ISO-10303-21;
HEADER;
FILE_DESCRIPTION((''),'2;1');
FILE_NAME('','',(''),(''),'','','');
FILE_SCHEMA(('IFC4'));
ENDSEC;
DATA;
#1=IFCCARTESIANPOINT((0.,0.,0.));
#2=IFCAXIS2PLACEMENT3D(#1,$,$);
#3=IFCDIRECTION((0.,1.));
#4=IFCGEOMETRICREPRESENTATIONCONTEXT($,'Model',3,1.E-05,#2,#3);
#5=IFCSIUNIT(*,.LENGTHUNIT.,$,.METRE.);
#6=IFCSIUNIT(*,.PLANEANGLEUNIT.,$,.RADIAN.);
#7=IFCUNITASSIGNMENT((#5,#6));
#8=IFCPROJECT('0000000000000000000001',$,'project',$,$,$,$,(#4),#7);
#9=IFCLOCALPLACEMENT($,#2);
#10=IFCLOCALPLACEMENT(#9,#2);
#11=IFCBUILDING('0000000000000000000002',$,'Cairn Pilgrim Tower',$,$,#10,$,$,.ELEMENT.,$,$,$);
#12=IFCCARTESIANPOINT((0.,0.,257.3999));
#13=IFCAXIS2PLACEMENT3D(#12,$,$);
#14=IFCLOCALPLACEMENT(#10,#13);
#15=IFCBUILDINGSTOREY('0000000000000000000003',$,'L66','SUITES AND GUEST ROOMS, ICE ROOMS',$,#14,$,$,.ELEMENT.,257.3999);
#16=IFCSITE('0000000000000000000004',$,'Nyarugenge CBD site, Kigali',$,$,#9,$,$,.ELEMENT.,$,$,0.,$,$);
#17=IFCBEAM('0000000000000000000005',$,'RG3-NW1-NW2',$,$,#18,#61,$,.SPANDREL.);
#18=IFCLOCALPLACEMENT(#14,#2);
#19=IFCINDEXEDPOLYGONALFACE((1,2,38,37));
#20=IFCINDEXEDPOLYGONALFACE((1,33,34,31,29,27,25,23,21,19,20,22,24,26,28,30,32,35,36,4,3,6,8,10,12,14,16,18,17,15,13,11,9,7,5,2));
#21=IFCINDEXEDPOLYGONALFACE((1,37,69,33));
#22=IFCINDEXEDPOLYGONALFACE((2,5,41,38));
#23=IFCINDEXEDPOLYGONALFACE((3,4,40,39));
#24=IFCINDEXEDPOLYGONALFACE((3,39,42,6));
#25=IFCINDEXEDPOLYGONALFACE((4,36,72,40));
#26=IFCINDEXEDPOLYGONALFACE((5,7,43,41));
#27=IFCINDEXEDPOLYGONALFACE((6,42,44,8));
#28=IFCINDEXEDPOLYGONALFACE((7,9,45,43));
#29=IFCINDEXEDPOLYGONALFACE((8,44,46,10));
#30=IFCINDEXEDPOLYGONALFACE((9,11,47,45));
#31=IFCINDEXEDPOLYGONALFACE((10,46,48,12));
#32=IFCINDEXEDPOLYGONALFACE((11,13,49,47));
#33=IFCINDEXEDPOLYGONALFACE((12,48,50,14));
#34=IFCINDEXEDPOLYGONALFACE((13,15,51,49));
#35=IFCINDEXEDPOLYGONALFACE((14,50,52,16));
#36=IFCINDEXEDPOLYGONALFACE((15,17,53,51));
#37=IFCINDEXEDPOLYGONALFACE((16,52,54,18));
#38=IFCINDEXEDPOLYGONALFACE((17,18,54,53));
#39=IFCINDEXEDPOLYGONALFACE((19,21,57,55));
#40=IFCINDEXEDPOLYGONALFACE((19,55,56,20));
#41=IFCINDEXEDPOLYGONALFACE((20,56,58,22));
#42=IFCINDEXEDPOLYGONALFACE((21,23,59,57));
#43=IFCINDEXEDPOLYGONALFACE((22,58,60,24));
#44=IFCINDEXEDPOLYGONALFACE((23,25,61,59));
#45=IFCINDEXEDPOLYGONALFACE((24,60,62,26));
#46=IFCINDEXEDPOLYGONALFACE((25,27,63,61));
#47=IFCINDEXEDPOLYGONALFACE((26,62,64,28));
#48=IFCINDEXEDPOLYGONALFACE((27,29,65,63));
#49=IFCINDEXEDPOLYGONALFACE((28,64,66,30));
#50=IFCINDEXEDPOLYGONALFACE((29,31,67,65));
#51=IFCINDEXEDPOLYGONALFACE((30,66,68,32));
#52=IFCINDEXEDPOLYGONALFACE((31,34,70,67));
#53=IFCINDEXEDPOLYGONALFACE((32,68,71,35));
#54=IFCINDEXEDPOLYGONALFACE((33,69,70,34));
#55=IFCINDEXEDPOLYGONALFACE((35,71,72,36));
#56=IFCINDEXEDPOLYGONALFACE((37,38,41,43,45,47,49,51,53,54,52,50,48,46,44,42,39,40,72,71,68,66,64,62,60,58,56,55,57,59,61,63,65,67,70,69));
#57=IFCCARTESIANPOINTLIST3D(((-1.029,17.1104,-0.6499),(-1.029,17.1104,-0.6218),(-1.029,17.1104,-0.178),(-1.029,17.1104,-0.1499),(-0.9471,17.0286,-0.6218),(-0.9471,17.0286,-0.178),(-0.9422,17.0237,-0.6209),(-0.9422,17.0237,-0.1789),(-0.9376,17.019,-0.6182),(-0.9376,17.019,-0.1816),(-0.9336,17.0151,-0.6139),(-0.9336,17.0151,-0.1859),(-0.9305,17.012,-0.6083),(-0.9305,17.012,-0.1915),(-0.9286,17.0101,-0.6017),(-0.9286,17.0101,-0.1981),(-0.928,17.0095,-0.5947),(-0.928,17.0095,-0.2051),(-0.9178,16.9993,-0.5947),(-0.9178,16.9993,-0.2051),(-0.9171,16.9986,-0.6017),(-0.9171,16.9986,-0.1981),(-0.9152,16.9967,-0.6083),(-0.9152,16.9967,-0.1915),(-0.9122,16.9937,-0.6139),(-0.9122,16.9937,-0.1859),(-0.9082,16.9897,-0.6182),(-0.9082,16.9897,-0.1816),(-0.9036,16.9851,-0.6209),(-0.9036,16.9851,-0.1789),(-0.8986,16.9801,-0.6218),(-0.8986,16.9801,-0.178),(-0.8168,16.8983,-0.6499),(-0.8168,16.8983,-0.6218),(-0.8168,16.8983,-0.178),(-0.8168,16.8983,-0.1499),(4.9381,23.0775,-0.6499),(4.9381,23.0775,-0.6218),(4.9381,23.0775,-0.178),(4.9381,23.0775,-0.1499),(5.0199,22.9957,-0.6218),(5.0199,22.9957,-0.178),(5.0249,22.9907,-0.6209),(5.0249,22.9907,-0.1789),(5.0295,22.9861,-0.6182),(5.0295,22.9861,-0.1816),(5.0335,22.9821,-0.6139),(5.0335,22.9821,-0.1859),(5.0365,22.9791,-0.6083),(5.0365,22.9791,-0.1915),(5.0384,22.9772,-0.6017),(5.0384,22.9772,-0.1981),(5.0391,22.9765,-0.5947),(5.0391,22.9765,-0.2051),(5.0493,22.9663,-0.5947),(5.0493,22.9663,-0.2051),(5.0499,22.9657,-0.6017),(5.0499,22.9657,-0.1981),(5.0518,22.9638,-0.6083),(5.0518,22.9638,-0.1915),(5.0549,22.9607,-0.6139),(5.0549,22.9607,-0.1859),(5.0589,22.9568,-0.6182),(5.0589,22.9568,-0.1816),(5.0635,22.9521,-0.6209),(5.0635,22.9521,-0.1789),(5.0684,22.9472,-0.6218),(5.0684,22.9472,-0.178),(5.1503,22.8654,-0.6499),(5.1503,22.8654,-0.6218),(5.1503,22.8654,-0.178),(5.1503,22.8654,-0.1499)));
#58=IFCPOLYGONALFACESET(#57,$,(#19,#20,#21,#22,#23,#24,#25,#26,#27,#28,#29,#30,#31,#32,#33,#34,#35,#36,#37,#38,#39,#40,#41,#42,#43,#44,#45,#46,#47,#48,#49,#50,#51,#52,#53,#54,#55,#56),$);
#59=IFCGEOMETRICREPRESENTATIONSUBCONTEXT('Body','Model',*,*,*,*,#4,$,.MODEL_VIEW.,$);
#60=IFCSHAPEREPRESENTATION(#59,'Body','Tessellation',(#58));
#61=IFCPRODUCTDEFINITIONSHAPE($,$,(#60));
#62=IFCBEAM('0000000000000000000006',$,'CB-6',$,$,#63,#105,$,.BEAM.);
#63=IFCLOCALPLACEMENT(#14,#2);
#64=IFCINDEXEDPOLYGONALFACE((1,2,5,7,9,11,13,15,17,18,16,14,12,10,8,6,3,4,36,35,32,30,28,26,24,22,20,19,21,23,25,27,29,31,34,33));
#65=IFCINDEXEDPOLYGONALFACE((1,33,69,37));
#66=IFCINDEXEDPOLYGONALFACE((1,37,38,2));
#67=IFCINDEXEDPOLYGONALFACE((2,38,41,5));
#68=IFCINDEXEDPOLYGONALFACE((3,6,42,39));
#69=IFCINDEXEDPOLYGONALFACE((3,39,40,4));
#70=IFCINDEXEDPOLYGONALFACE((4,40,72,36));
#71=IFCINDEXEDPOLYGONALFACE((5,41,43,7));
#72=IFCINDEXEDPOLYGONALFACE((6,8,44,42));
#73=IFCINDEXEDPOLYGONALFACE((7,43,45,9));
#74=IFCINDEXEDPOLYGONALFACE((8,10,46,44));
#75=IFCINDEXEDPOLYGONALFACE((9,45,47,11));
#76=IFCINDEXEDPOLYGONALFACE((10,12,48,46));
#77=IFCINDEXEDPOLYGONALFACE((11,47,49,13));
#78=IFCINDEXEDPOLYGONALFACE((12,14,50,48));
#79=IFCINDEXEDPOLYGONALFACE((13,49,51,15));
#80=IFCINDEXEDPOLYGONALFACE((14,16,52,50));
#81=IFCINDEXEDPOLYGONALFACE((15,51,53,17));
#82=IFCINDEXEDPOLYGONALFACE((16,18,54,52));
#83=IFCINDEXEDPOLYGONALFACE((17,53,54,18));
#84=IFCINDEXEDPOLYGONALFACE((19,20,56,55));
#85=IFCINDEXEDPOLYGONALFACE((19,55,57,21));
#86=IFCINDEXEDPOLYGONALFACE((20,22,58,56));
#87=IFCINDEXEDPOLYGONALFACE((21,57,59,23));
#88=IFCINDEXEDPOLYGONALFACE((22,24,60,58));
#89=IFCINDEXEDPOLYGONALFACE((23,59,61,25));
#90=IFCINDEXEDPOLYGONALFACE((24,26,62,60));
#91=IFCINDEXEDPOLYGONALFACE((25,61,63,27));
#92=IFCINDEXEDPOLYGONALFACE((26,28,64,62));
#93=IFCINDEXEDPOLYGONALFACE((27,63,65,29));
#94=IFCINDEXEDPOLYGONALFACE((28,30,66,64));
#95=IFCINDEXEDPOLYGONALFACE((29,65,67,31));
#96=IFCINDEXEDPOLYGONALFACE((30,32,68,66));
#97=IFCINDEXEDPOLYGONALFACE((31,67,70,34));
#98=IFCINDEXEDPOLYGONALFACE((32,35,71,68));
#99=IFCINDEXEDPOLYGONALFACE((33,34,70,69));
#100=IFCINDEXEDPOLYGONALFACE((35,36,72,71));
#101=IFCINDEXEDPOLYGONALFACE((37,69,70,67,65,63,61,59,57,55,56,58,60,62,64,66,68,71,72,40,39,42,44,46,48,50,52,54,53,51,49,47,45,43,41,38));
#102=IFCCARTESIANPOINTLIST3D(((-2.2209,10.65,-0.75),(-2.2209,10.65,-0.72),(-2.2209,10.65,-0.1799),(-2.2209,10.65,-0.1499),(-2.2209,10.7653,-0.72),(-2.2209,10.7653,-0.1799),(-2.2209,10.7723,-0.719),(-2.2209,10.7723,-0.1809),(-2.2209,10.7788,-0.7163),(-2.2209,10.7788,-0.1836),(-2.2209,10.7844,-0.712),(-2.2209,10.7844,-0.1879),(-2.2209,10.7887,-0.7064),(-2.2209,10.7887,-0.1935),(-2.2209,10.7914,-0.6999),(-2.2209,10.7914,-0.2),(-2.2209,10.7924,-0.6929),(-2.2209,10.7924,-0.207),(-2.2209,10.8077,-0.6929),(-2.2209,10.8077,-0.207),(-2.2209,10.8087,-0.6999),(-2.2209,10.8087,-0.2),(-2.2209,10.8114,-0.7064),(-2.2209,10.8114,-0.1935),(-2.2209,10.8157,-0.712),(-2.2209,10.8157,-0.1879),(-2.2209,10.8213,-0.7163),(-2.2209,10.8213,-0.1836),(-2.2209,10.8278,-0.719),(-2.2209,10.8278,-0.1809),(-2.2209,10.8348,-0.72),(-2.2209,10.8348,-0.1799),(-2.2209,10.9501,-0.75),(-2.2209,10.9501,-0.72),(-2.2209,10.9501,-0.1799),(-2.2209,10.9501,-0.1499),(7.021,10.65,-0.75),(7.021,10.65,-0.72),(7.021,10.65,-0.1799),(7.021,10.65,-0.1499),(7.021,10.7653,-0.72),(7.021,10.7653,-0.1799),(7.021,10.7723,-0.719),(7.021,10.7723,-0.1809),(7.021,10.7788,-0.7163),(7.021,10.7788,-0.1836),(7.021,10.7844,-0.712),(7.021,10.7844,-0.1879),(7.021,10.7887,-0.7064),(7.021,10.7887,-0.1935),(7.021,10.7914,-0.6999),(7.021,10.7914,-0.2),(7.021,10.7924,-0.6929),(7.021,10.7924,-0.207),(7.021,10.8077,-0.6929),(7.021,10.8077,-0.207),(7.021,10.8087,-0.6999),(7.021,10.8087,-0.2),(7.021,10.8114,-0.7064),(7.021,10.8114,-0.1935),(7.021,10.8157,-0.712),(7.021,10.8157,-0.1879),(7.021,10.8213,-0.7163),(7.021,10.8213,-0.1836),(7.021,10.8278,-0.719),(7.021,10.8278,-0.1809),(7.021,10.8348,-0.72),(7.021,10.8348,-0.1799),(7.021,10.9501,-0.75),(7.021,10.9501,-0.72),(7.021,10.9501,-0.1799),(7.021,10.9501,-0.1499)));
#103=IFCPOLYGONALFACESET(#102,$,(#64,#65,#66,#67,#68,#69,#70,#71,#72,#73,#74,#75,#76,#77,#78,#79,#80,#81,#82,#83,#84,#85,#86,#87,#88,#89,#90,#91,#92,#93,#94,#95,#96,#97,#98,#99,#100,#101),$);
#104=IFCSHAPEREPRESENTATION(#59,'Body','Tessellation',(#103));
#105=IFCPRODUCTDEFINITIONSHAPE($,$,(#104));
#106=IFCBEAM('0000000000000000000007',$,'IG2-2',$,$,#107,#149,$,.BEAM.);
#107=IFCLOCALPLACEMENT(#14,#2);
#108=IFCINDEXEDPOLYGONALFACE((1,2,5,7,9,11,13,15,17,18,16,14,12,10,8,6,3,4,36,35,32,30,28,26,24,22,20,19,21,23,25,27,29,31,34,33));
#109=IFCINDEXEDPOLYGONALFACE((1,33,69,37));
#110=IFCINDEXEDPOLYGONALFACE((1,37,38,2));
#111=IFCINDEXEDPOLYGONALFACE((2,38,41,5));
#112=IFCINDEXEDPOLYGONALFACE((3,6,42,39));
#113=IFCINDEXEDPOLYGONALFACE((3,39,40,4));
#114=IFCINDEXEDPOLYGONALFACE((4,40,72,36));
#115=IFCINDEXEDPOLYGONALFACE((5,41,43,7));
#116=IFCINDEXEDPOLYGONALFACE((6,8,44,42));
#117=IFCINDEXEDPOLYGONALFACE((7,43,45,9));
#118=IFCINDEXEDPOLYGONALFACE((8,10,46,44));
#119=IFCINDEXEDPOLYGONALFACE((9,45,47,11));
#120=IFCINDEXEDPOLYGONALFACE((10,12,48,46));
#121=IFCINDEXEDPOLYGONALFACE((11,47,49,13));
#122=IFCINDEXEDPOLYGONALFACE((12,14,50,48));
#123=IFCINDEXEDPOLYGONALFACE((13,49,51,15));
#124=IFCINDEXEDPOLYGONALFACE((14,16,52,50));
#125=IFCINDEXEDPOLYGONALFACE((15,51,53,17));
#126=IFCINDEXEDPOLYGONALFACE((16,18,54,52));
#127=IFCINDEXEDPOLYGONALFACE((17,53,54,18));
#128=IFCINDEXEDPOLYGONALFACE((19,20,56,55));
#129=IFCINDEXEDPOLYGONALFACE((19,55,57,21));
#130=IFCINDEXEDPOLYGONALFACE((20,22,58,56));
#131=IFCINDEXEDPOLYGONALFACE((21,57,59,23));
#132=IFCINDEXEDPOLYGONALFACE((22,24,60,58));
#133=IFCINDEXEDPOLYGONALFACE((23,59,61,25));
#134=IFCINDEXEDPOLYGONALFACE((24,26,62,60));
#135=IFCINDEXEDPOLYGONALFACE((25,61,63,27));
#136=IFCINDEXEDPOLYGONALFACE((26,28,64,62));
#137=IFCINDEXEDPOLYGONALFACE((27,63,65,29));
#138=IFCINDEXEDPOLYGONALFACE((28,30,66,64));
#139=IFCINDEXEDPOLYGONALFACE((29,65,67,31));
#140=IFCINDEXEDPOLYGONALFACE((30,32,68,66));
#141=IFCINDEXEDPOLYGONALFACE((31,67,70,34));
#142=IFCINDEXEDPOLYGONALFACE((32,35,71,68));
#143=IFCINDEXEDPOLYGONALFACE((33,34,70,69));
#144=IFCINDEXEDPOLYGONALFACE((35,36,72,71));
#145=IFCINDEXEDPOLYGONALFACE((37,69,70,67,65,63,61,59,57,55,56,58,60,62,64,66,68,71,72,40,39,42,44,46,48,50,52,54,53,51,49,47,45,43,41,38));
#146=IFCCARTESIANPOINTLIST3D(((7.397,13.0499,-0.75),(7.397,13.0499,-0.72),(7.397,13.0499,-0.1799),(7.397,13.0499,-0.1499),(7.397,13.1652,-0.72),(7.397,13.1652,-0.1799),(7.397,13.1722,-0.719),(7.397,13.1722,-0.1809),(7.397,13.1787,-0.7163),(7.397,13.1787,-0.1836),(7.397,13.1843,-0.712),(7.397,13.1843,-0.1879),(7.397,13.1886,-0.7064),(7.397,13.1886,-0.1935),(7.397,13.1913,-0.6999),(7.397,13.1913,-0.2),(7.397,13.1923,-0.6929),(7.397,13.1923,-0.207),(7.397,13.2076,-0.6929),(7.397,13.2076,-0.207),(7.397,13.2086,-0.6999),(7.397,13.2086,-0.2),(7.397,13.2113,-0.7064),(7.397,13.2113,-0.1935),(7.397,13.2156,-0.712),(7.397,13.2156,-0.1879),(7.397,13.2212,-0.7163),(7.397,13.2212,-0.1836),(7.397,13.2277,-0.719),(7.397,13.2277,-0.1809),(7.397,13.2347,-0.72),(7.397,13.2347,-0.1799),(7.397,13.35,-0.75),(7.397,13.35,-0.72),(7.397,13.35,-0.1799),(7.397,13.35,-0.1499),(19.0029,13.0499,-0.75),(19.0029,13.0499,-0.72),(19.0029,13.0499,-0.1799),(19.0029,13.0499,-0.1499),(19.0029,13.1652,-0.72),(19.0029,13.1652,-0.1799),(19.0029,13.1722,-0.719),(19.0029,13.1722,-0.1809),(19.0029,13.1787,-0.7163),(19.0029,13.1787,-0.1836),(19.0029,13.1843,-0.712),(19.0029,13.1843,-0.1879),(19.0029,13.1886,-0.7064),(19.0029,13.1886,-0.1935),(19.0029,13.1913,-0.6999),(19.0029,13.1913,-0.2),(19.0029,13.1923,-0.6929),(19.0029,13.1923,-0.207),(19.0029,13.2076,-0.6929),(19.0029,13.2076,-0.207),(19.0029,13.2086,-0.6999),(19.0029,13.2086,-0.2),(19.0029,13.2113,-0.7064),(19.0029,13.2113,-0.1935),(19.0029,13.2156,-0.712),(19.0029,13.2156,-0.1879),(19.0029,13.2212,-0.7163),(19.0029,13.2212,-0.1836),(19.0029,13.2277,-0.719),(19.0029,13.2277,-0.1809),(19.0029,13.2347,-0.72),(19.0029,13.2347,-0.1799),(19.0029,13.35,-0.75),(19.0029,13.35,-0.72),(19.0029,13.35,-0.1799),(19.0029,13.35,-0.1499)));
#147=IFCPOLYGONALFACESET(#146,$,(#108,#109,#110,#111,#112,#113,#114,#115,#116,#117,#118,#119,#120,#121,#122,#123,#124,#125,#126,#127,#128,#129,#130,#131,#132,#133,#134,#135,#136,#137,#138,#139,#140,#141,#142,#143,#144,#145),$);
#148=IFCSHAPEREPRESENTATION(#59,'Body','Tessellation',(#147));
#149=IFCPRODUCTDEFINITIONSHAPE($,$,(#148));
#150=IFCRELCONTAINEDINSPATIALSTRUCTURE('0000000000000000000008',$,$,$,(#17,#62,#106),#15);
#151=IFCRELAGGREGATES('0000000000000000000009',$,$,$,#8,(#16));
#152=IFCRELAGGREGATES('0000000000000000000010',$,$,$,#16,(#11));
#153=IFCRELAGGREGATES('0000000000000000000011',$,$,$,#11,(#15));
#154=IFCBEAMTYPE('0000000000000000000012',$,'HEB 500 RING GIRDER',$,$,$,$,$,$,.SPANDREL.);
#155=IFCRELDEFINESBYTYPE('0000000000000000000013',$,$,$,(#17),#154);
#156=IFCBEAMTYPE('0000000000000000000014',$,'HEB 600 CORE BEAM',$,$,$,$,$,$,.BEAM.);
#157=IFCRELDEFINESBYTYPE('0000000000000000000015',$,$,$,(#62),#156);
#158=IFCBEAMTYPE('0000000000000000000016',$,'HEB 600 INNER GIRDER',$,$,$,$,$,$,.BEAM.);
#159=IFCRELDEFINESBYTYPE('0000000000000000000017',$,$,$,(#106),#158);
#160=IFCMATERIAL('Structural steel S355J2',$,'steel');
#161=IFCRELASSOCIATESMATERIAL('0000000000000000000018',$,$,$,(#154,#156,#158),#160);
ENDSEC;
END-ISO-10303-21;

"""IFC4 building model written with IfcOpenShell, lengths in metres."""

from ifc_helpers import new_model, si_unit, direction, frame, origin, origin_2d, place, context, subcontext, project, spatial, i_section, extrude, material, material_profile, profile_set, type_object, element, save


model = new_model("IFC4")

# Units and contexts
model_context = context("Model", 3, precision=1e-05, world=origin(), true_north=direction((0.0, 1.0)))
body_context = subcontext(model_context, "Body", "Model", "MODEL_VIEW")
ifc_project = project(units=[si_unit("LENGTHUNIT", "METRE"), si_unit("PLANEANGLEUNIT", "RADIAN")], contexts=[model_context])

# Site, building, storey
site_placement = place(None, origin())
site = spatial("IfcSite", under=ifc_project, at=site_placement, Name="Nyarugenge CBD site, Kigali", CompositionType="ELEMENT", RefElevation=0.0)
building_placement = place(site_placement, origin())
building = spatial("IfcBuilding", under=site, at=building_placement, Name="Cairn Pilgrim Tower", CompositionType="ELEMENT")
storey_placement = place(building_placement, frame((0.0, 0.0, 257.3999)))
storey = spatial("IfcBuildingStorey", under=building, at=storey_placement, Name="L66", Description="SUITES AND GUEST ROOMS, ICE ROOMS", CompositionType="ELEMENT", Elevation=257.3999)

# Shared definitions
ifc_material_1 = material(Name="Structural steel S355J2", Category="steel")

# Beams
ifc_material_profile_1 = material_profile(ifc_material_1, i_section(OverallWidth=0.3, OverallDepth=0.5, WebThickness=0.0144, FlangeThickness=0.0281, FilletRadius=0.0271, at=origin_2d()), Name="HEB 500")
ifc_profile_set_1 = profile_set([ifc_material_profile_1], Name="Structural steel S355J2")
beam_type_1 = type_object("IfcBeamType", Name="HEB 500 RING GIRDER", PredefinedType="SPANDREL", material=ifc_profile_set_1)
beam_1_placement = place(storey_placement, frame((5.0442, 22.9714, -0.3999), z_axis=(-0.707107, -0.707107, 0.0), x_axis=(0.707107, -0.707107, 0.0)))
element("IfcBeam", 1, at=beam_1_placement, inside=storey, type_object=beam_type_1, Name="RG3-NW1-NW2", PredefinedType="SPANDREL", context=body_context, shape_type="SweptSolid", body=[
    extrude(i_section(OverallWidth=0.3, OverallDepth=0.5, WebThickness=0.0144, FlangeThickness=0.0281, FilletRadius=0.0271, at=origin_2d()), origin(), (0.0, 0.0, 1.0), 8.4387),
])
ifc_material_profile_2 = material_profile(ifc_material_1, i_section(OverallWidth=0.3, OverallDepth=0.6001, WebThickness=0.0154, FlangeThickness=0.03, FilletRadius=0.0271, at=origin_2d()), Name="HEB 600")
ifc_profile_set_2 = profile_set([ifc_material_profile_2], Name="Structural steel S355J2")
beam_type_2 = type_object("IfcBeamType", Name="HEB 600 CORE BEAM", PredefinedType="BEAM", material=ifc_profile_set_2)
beam_2_placement = place(storey_placement, frame((7.021, 10.8, -0.45), z_axis=(-1.0, 0.0, 0.0), x_axis=(0.0, -1.0, 0.0)))
element("IfcBeam", 2, at=beam_2_placement, inside=storey, type_object=beam_type_2, Name="CB-6", PredefinedType="BEAM", context=body_context, shape_type="SweptSolid", body=[
    extrude(i_section(OverallWidth=0.3, OverallDepth=0.6001, WebThickness=0.0154, FlangeThickness=0.03, FilletRadius=0.0271, at=origin_2d()), origin(), (0.0, 0.0, 1.0), 9.2419),
])
ifc_material_profile_3 = material_profile(ifc_material_1, i_section(OverallWidth=0.3, OverallDepth=0.6001, WebThickness=0.0154, FlangeThickness=0.03, FilletRadius=0.0271, at=origin_2d()), Name="HEB 600")
ifc_profile_set_3 = profile_set([ifc_material_profile_3], Name="Structural steel S355J2")
beam_type_3 = type_object("IfcBeamType", Name="HEB 600 INNER GIRDER", PredefinedType="BEAM", material=ifc_profile_set_3)
beam_3_placement = place(storey_placement, frame((7.397, 13.2, -0.45), z_axis=(1.0, 0.0, 0.0), x_axis=(0.0, 1.0, 0.0)))
element("IfcBeam", 3, at=beam_3_placement, inside=storey, type_object=beam_type_3, Name="IG2-2", PredefinedType="BEAM", context=body_context, shape_type="SweptSolid", body=[
    extrude(i_section(OverallWidth=0.3, OverallDepth=0.6001, WebThickness=0.0154, FlangeThickness=0.03, FilletRadius=0.0271, at=origin_2d()), origin(), (0.0, 0.0, 1.0), 11.606),
])

save(model, "model.ifc")
